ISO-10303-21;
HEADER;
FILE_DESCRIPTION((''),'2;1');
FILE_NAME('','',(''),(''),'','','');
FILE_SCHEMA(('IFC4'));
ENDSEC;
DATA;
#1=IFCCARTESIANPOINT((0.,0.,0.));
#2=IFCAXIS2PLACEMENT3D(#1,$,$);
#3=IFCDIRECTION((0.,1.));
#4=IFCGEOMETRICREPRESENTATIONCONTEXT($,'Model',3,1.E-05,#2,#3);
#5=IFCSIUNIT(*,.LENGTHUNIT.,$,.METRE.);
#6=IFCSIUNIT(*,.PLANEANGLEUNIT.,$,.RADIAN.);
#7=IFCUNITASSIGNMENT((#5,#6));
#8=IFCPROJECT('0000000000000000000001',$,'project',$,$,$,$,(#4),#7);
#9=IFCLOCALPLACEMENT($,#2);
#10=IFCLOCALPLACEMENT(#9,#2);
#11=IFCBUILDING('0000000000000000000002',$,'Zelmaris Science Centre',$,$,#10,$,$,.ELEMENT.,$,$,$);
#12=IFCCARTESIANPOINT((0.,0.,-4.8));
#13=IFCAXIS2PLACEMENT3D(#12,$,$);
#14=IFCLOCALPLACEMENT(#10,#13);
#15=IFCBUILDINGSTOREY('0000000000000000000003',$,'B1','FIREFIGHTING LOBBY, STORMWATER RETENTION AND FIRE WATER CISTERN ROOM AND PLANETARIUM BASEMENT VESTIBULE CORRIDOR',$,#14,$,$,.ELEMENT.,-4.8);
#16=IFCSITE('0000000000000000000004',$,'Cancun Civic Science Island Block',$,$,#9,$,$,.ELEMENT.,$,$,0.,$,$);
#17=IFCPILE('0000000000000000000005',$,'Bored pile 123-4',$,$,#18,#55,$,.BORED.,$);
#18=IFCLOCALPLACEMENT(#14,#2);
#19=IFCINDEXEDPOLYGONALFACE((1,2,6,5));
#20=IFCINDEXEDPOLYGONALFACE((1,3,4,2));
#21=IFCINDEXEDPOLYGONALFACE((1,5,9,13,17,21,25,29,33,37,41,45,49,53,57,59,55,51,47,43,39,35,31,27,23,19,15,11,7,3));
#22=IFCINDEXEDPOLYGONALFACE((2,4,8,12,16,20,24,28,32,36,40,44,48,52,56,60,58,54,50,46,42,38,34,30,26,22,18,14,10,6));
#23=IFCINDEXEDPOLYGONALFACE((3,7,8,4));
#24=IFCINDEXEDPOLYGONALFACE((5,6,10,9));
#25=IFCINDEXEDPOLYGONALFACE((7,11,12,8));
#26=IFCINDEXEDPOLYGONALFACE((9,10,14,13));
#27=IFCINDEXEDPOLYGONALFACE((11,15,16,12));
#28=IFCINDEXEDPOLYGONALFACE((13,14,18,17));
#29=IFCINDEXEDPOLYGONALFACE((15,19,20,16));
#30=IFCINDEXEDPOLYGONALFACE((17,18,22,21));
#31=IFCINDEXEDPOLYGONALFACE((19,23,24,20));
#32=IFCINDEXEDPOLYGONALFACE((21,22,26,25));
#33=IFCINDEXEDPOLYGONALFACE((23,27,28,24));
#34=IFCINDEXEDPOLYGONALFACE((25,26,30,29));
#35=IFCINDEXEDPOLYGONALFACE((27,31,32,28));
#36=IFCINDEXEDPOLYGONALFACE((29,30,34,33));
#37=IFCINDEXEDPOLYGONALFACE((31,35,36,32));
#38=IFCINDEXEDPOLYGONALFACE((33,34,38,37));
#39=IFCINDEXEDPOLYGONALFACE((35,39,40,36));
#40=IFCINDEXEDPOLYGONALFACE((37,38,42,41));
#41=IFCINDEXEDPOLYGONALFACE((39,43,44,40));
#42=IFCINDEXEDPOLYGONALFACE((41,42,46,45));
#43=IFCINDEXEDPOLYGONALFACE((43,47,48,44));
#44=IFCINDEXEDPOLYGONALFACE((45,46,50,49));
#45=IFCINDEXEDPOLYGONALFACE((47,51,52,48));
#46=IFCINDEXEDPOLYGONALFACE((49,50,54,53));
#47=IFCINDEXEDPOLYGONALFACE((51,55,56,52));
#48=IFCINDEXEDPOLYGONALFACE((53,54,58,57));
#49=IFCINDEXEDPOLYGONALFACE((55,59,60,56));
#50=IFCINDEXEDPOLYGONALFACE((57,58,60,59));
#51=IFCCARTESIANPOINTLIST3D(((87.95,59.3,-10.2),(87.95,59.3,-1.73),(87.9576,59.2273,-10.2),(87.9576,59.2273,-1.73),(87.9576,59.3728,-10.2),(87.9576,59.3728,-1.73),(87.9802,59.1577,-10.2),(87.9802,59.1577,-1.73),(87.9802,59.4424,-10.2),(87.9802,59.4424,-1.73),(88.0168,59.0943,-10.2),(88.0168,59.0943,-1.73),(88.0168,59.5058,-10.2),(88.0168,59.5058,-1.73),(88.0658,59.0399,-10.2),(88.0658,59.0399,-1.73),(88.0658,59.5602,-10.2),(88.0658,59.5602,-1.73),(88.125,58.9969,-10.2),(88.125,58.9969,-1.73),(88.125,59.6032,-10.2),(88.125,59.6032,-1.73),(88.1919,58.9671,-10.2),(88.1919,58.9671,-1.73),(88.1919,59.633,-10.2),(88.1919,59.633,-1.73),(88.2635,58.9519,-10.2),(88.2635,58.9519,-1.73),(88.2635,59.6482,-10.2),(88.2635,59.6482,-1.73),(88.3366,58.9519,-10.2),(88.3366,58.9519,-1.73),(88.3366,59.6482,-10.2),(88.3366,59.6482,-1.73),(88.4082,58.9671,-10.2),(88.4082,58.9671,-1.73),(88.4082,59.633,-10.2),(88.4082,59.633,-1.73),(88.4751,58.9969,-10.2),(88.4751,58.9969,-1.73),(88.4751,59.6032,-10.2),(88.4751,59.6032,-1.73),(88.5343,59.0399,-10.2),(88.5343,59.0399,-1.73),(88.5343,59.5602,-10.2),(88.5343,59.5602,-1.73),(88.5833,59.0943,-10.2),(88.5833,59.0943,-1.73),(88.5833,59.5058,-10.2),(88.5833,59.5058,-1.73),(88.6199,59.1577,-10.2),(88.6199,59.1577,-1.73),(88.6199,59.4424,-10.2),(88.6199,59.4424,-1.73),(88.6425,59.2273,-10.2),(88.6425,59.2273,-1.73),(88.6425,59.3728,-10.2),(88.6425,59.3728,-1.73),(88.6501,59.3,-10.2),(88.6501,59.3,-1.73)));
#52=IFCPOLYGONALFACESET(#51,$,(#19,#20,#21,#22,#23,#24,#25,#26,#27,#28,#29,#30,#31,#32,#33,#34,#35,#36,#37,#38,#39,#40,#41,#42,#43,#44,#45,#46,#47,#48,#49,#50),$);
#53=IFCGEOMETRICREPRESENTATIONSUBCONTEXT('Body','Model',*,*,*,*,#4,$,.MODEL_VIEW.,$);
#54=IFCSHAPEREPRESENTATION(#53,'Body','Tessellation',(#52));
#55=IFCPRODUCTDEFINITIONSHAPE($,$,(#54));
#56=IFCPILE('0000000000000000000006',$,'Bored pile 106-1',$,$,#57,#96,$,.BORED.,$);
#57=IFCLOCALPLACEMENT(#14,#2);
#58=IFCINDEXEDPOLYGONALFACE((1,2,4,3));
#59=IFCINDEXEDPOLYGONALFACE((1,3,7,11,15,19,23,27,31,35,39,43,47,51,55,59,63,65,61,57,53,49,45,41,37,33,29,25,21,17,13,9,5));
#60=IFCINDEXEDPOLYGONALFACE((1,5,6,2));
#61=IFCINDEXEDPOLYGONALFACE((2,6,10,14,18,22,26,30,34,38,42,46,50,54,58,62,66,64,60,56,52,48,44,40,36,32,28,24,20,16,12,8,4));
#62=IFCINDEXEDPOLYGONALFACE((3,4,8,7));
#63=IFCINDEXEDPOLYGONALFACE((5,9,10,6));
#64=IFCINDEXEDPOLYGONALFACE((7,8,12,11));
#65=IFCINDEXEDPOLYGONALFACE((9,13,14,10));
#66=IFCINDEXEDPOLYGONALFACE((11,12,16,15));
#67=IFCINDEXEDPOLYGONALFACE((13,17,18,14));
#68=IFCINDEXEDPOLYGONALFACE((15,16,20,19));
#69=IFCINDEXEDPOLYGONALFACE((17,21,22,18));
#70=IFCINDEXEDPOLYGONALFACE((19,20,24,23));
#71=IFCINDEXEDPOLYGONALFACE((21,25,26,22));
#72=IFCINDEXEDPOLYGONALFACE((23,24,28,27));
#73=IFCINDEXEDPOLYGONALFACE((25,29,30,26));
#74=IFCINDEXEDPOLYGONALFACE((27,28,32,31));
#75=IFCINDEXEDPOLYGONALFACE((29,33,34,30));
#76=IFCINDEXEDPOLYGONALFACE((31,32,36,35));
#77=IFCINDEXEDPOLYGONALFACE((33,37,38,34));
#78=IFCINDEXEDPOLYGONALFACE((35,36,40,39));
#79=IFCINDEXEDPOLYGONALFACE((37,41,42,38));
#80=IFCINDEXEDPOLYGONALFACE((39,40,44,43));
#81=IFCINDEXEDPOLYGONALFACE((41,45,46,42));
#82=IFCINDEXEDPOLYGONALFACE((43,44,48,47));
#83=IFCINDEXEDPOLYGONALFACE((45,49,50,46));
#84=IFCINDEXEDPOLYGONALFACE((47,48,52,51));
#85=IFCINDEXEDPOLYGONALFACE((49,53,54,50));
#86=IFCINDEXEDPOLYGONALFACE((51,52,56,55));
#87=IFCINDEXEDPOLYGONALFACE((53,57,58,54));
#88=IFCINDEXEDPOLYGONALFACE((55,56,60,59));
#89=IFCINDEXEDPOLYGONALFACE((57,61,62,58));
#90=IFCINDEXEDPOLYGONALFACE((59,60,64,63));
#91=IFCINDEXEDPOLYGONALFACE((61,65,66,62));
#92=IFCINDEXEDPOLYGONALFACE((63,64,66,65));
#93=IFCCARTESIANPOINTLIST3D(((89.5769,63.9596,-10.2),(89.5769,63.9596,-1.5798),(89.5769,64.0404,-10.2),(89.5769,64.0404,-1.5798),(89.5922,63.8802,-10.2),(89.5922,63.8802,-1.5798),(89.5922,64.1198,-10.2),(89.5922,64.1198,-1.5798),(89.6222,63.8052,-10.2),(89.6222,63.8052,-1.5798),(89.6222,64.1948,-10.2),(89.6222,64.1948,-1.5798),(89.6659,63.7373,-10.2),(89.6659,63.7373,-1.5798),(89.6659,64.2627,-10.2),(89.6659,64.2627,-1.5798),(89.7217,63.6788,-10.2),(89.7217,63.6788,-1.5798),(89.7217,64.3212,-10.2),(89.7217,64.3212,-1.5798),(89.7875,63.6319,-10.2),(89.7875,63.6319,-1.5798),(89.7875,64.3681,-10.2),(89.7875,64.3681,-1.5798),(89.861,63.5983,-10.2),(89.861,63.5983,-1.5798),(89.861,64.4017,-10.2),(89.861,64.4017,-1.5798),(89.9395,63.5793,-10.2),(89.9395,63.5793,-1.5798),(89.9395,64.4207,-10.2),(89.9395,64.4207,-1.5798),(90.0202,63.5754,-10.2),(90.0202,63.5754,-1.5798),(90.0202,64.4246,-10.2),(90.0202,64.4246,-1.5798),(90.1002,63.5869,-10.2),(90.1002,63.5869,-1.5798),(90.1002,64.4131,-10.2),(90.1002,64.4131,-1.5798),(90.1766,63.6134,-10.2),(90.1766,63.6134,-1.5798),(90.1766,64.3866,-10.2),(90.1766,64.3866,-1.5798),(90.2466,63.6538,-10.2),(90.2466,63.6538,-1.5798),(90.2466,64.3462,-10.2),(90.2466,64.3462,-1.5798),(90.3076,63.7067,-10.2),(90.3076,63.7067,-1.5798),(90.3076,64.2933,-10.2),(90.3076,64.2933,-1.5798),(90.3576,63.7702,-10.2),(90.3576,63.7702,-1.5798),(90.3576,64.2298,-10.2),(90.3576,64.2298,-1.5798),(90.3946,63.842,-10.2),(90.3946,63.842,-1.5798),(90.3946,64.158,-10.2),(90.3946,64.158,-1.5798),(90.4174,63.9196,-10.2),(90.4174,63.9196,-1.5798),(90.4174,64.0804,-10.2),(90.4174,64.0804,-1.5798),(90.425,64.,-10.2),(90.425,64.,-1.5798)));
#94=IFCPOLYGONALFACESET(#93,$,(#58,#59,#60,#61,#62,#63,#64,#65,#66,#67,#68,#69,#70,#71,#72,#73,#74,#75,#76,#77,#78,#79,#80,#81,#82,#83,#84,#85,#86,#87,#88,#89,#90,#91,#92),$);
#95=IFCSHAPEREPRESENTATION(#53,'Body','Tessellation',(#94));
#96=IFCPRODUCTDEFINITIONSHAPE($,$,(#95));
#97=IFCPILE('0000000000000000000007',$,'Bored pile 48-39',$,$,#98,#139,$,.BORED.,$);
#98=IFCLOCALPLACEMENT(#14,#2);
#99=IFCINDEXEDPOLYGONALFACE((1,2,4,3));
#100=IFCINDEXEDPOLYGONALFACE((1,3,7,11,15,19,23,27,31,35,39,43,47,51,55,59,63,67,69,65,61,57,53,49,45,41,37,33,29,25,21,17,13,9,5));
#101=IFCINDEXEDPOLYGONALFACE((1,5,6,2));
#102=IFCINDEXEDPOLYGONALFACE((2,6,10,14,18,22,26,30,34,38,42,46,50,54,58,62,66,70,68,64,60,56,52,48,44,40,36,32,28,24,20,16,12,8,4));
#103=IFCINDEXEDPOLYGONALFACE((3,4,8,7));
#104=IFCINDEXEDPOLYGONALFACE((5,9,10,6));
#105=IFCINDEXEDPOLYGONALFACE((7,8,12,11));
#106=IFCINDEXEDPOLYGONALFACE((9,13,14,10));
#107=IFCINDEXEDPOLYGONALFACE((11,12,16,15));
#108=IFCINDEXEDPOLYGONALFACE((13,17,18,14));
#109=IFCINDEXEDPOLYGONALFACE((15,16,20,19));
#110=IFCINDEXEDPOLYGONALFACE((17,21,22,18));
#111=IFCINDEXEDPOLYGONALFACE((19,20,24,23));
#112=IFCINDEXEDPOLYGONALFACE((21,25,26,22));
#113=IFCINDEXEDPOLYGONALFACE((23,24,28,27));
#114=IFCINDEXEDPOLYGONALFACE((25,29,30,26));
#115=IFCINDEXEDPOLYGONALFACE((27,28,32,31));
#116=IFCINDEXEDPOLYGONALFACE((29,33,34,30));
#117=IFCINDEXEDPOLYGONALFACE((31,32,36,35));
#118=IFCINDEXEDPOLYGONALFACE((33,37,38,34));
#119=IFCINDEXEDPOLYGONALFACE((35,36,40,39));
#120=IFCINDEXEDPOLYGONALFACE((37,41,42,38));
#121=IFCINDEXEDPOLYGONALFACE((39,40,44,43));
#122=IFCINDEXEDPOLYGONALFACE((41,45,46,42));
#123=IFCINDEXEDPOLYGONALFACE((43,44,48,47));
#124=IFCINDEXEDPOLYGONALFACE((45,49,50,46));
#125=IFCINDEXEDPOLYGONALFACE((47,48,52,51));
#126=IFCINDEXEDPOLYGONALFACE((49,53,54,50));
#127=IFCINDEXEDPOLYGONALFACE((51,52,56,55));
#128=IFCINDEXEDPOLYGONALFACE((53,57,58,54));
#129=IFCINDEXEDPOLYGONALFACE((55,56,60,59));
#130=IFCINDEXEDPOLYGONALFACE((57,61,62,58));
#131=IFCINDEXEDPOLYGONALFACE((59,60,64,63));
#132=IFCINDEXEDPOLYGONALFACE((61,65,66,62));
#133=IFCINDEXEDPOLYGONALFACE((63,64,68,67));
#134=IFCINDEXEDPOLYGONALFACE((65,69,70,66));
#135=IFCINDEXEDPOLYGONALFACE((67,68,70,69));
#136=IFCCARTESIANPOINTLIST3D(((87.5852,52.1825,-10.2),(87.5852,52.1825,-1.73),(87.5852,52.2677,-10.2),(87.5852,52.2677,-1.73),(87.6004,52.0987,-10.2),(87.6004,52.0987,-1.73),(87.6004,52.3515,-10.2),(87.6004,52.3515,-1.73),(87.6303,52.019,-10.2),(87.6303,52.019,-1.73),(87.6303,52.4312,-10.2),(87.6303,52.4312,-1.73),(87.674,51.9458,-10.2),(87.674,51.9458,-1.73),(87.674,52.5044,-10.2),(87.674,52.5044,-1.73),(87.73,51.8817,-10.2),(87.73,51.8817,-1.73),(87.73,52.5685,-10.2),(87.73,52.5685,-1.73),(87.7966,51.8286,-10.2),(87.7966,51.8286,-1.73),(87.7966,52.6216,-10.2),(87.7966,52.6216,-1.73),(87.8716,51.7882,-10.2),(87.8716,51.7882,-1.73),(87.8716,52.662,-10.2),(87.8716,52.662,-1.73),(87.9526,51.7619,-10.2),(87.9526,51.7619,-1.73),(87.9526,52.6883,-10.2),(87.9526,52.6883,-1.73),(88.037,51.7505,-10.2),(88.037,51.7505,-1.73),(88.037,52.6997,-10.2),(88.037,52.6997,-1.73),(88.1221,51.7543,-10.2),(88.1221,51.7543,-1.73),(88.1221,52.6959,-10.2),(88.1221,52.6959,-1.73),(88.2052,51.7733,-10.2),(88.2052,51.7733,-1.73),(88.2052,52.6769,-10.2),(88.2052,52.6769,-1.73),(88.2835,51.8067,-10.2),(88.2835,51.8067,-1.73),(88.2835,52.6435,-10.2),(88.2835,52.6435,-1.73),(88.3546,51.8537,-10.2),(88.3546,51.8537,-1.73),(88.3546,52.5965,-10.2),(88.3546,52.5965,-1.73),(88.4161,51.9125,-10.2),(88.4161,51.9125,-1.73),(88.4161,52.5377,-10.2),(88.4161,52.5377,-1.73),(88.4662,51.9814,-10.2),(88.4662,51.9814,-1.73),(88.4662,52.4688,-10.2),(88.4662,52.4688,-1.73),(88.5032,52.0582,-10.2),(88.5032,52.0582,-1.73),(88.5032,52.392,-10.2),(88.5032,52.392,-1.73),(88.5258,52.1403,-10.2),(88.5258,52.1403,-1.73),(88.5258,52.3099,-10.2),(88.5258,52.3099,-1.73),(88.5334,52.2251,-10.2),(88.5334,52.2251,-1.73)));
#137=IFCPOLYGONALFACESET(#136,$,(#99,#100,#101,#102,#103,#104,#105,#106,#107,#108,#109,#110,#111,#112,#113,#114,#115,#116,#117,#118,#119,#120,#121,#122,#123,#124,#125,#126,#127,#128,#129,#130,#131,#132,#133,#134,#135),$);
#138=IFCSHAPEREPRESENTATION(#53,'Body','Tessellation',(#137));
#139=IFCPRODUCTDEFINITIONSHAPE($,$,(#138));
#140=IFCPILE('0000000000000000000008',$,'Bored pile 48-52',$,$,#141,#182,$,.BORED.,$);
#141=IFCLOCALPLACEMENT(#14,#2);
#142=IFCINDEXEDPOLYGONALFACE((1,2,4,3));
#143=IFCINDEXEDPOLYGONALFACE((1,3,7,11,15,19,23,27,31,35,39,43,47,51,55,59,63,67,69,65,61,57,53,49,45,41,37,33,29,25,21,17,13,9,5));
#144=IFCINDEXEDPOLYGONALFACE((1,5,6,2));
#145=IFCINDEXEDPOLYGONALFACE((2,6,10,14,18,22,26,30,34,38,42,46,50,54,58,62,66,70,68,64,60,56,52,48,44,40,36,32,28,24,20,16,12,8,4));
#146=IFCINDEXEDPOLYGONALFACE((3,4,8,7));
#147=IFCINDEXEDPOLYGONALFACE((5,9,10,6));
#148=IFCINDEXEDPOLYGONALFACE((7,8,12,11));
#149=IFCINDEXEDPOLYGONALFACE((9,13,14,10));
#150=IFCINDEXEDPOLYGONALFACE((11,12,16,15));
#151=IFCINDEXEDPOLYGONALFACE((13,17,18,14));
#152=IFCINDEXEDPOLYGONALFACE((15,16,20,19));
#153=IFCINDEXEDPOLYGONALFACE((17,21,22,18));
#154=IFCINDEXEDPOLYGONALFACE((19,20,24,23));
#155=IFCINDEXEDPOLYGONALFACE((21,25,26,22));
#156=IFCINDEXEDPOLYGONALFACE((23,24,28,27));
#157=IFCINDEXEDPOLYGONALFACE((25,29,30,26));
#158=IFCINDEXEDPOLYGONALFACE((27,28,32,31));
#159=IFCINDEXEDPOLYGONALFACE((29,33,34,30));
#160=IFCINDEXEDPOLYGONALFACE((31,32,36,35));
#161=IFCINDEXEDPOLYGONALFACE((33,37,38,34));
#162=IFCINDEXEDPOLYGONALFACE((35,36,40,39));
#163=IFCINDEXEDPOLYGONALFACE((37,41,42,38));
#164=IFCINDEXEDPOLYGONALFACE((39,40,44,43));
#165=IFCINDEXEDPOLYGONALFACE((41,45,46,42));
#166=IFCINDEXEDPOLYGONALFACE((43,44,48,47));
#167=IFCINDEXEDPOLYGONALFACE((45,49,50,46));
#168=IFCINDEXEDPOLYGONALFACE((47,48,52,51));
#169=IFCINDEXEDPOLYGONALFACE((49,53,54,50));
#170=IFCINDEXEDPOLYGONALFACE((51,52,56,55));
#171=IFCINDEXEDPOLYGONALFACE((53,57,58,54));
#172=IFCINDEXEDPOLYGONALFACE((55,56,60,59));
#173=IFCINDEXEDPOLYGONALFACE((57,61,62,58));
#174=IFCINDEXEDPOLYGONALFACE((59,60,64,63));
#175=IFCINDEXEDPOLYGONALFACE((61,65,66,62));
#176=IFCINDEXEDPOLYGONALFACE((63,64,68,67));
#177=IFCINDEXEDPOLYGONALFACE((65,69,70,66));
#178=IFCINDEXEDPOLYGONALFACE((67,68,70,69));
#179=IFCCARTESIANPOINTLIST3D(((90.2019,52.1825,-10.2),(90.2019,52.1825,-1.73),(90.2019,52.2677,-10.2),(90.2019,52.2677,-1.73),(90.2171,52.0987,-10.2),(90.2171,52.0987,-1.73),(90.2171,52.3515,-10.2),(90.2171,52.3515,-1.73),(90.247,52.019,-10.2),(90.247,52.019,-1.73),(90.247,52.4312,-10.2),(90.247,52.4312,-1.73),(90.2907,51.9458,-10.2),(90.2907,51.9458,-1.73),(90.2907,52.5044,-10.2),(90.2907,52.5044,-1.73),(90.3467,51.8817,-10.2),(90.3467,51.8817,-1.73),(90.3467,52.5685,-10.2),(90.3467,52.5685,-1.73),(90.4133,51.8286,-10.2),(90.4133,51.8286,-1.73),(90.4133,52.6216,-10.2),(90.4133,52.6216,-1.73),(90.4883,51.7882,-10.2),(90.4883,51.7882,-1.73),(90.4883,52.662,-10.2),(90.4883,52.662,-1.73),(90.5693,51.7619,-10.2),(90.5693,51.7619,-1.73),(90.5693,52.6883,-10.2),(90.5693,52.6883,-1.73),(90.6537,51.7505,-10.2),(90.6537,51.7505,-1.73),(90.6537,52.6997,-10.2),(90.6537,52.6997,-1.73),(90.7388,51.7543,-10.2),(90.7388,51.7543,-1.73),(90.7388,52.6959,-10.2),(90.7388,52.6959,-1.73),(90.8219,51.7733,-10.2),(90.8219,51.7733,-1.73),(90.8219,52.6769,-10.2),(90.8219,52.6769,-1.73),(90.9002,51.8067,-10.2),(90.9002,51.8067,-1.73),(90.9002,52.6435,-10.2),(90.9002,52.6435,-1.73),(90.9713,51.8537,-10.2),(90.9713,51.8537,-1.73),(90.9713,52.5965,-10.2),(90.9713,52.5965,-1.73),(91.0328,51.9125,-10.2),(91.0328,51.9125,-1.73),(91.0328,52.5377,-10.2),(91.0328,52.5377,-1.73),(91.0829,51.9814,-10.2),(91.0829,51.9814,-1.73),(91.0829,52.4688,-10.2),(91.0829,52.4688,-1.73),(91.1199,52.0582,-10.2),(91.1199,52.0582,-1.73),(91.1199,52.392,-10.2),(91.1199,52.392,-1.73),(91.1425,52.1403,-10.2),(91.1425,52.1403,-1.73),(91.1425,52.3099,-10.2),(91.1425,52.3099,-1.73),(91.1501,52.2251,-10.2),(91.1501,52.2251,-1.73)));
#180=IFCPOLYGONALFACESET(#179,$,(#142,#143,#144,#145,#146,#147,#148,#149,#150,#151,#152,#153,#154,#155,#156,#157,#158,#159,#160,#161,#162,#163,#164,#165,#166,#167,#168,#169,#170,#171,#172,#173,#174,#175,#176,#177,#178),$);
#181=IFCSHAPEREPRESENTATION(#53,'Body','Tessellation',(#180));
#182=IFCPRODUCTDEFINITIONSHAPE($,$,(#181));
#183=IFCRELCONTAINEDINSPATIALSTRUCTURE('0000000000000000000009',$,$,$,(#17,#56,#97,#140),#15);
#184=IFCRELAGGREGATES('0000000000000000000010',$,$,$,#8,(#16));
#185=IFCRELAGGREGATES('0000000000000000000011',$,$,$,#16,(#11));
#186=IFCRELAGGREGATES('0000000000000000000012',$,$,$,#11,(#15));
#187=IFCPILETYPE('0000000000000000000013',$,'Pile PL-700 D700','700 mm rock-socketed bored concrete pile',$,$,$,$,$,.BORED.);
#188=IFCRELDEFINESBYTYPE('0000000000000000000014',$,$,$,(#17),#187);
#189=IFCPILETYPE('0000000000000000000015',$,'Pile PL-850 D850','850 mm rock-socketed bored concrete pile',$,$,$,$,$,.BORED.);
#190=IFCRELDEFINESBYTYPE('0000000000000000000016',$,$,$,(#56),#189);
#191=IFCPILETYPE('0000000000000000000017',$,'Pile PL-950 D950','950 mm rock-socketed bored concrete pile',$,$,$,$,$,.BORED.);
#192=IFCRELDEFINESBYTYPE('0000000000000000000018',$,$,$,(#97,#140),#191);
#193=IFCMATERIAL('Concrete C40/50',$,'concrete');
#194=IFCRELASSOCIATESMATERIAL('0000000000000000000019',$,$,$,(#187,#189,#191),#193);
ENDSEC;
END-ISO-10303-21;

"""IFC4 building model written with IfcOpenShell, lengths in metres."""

from ifc_helpers import new_model, si_unit, direction, frame, origin, origin_2d, place, context, subcontext, project, spatial, circle, extrude, material, material_profile, profile_set, type_object, element, save


model = new_model("IFC4")

# Units and contexts
model_context = context("Model", 3, precision=1e-05, world=origin(), true_north=direction((0.0, 1.0)))
body_context = subcontext(model_context, "Body", "Model", "MODEL_VIEW")
ifc_project = project(units=[si_unit("LENGTHUNIT", "METRE"), si_unit("PLANEANGLEUNIT", "RADIAN")], contexts=[model_context])

# Site, building, storey
site_placement = place(None, origin())
site = spatial("IfcSite", under=ifc_project, at=site_placement, Name="Cancun Civic Science Island Block", CompositionType="ELEMENT", RefElevation=0.0)
building_placement = place(site_placement, origin())
building = spatial("IfcBuilding", under=site, at=building_placement, Name="Zelmaris Science Centre", CompositionType="ELEMENT")
storey_placement = place(building_placement, frame((0.0, 0.0, -4.8)))
storey = spatial("IfcBuildingStorey", under=building, at=storey_placement, Name="B1", Description="FIREFIGHTING LOBBY, STORMWATER RETENTION AND FIRE WATER CISTERN ROOM AND PLANETARIUM BASEMENT VESTIBULE CORRIDOR", CompositionType="ELEMENT", Elevation=-4.8)

# Shared definitions
ifc_material_1 = material(Name="Concrete C40/50", Category="concrete")

# Piles
ifc_material_profile_1 = material_profile(ifc_material_1, circle(Radius=0.3501, at=origin_2d()), Name="PILE-700")
ifc_profile_set_1 = profile_set([ifc_material_profile_1], Name="Concrete C40/50")
pile_type_1 = type_object("IfcPileType", Name="Pile PL-700 D700", Description="700 mm rock-socketed bored concrete pile", PredefinedType="BORED", material=ifc_profile_set_1)
for number, where, z_axis, x_axis, name in (
    (1, (88.3, 59.3, -1.73), (0.0, 0.0, -1.0), (1.0, 0.0, 0.0), "Bored pile 123-4"),
):
    element("IfcPile", number, at=place(storey_placement, frame(where, z_axis=z_axis, x_axis=x_axis)), inside=storey, type_object=pile_type_1, Name=name, PredefinedType="BORED", context=body_context, shape_type="SweptSolid", body=[
        extrude(circle(Radius=0.3501, at=origin_2d()), origin(), (0.0, 0.0, 1.0), 8.47),
    ])
ifc_material_profile_2 = material_profile(ifc_material_1, circle(Radius=0.425, at=origin_2d()), Name="PILE-850")
ifc_profile_set_2 = profile_set([ifc_material_profile_2], Name="Concrete C40/50")
pile_type_2 = type_object("IfcPileType", Name="Pile PL-850 D850", Description="850 mm rock-socketed bored concrete pile", PredefinedType="BORED", material=ifc_profile_set_2)
pile_1_placement = place(storey_placement, frame((90.0, 64.0, -1.5798), z_axis=(0.0, 0.0, -1.0), x_axis=(1.0, 0.0, 0.0)))
element("IfcPile", 2, at=pile_1_placement, inside=storey, type_object=pile_type_2, Name="Bored pile 106-1", PredefinedType="BORED", context=body_context, shape_type="SweptSolid", body=[
    extrude(circle(Radius=0.425, at=origin_2d()), origin(), (0.0, 0.0, 1.0), 8.6201),
])
ifc_material_profile_3 = material_profile(ifc_material_1, circle(Radius=0.4751, at=origin_2d()), Name="PILE-950")
ifc_profile_set_3 = profile_set([ifc_material_profile_3], Name="Concrete C40/50")
pile_type_3 = type_object("IfcPileType", Name="Pile PL-950 D950", Description="950 mm rock-socketed bored concrete pile", PredefinedType="BORED", material=ifc_profile_set_3)
for number, where, z_axis, x_axis, name in (
    (3, (88.0583, 52.2251, -1.73), (0.0, 0.0, -1.0), (1.0, 0.0, 0.0), "Bored pile 48-39"),
    (4, (90.675, 52.2251, -1.73), (0.0, 0.0, -1.0), (1.0, 0.0, 0.0), "Bored pile 48-52"),
):
    element("IfcPile", number, at=place(storey_placement, frame(where, z_axis=z_axis, x_axis=x_axis)), inside=storey, type_object=pile_type_3, Name=name, PredefinedType="BORED", context=body_context, shape_type="SweptSolid", body=[
        extrude(circle(Radius=0.4751, at=origin_2d()), origin(), (0.0, 0.0, 1.0), 8.47),
    ])

save(model, "model.ifc")
